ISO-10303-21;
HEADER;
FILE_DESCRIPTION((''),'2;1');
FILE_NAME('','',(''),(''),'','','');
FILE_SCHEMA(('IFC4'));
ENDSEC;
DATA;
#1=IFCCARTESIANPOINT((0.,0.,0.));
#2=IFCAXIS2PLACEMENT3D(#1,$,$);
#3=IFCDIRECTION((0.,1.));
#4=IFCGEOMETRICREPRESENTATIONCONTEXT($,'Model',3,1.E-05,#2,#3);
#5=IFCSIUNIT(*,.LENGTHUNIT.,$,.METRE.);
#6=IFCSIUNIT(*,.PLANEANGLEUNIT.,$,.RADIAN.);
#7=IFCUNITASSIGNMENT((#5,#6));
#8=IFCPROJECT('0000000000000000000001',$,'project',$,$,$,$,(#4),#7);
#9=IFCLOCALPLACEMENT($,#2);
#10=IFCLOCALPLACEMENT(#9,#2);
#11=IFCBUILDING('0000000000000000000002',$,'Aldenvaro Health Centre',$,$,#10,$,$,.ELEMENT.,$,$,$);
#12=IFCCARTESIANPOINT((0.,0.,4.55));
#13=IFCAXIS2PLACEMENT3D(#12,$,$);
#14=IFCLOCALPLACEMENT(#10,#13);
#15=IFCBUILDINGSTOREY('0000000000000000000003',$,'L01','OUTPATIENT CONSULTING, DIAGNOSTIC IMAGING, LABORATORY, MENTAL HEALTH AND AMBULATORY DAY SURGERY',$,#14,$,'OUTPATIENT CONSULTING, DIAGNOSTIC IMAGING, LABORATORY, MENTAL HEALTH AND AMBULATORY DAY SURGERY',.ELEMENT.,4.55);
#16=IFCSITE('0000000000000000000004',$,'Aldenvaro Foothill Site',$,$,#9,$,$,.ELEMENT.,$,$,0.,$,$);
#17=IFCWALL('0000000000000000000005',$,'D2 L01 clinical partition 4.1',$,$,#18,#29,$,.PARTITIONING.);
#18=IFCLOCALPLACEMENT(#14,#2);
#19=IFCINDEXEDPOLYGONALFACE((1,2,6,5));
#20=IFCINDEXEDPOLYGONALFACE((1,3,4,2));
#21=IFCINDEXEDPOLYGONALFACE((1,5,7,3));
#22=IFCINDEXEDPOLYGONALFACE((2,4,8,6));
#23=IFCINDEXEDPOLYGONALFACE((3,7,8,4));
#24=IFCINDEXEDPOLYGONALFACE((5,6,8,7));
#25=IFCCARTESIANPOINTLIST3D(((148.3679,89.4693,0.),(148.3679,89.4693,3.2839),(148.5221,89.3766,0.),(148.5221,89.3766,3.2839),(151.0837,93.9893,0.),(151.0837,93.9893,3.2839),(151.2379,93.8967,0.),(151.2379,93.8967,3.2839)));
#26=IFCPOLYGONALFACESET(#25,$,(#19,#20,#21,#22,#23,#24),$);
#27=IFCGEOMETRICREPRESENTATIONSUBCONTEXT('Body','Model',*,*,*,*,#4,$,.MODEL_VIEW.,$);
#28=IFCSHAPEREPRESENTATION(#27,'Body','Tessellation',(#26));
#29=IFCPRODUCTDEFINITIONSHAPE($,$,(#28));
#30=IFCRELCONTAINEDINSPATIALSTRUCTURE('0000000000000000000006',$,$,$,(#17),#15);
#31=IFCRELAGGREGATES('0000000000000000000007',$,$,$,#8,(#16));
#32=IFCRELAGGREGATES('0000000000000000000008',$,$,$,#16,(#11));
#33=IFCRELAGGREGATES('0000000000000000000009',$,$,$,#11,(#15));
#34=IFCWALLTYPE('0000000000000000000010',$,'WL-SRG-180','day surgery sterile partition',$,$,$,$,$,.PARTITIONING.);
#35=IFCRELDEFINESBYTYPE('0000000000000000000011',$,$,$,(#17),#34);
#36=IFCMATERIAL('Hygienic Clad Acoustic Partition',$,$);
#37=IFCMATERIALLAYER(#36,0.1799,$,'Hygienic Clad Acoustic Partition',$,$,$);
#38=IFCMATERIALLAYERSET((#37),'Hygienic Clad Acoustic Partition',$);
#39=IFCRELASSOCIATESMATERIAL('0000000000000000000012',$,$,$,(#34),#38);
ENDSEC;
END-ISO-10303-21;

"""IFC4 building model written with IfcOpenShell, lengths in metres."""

from ifc_helpers import new_model, si_unit, direction, frame, frame_2d, origin, place, context, subcontext, project, spatial, rectangle, extrude, material, layer, layer_set, type_object, element, save


model = new_model("IFC4")

# Units and contexts
model_context = context("Model", 3, precision=1e-05, world=origin(), true_north=direction((0.0, 1.0)))
body_context = subcontext(model_context, "Body", "Model", "MODEL_VIEW")
ifc_project = project(units=[si_unit("LENGTHUNIT", "METRE"), si_unit("PLANEANGLEUNIT", "RADIAN")], contexts=[model_context])

# Site, building, storey
site_placement = place(None, origin())
site = spatial("IfcSite", under=ifc_project, at=site_placement, Name="Aldenvaro Foothill Site", CompositionType="ELEMENT", RefElevation=0.0)
building_placement = place(site_placement, origin())
building = spatial("IfcBuilding", under=site, at=building_placement, Name="Aldenvaro Health Centre", CompositionType="ELEMENT")
storey_placement = place(building_placement, frame((0.0, 0.0, 4.55)))
storey = spatial("IfcBuildingStorey", under=building, at=storey_placement, Name="L01", Description="OUTPATIENT CONSULTING, DIAGNOSTIC IMAGING, LABORATORY, MENTAL HEALTH AND AMBULATORY DAY SURGERY", LongName="OUTPATIENT CONSULTING, DIAGNOSTIC IMAGING, LABORATORY, MENTAL HEALTH AND AMBULATORY DAY SURGERY", CompositionType="ELEMENT", Elevation=4.55)

# Wall
ifc_material_1 = material(Name="Hygienic Clad Acoustic Partition")
ifc_layer_1 = layer(ifc_material_1, 0.1799, Name="Hygienic Clad Acoustic Partition")
ifc_layer_set_1 = layer_set([ifc_layer_1], Name="Hygienic Clad Acoustic Partition")
wall_type_1 = type_object("IfcWallType", Name="WL-SRG-180", Description="day surgery sterile partition", PredefinedType="PARTITIONING", material=ifc_layer_set_1)
wall_1_placement = place(storey_placement, frame((151.1609, 93.9431, 0.0), z_axis=(0.0, 0.0, 1.0), x_axis=(-0.515027, -0.857174, 0.0)))
element("IfcWall", 1, at=wall_1_placement, inside=storey, type_object=wall_type_1, Name="D2 L01 clinical partition 4.1", PredefinedType="PARTITIONING", context=body_context, shape_type="SweptSolid", body=[
    extrude(rectangle(XDim=5.2732, YDim=0.1799, at=frame_2d((2.6367, 0.0))), origin(), (0.0, 0.0, 1.0), 3.2839),
])

save(model, "model.ifc")
